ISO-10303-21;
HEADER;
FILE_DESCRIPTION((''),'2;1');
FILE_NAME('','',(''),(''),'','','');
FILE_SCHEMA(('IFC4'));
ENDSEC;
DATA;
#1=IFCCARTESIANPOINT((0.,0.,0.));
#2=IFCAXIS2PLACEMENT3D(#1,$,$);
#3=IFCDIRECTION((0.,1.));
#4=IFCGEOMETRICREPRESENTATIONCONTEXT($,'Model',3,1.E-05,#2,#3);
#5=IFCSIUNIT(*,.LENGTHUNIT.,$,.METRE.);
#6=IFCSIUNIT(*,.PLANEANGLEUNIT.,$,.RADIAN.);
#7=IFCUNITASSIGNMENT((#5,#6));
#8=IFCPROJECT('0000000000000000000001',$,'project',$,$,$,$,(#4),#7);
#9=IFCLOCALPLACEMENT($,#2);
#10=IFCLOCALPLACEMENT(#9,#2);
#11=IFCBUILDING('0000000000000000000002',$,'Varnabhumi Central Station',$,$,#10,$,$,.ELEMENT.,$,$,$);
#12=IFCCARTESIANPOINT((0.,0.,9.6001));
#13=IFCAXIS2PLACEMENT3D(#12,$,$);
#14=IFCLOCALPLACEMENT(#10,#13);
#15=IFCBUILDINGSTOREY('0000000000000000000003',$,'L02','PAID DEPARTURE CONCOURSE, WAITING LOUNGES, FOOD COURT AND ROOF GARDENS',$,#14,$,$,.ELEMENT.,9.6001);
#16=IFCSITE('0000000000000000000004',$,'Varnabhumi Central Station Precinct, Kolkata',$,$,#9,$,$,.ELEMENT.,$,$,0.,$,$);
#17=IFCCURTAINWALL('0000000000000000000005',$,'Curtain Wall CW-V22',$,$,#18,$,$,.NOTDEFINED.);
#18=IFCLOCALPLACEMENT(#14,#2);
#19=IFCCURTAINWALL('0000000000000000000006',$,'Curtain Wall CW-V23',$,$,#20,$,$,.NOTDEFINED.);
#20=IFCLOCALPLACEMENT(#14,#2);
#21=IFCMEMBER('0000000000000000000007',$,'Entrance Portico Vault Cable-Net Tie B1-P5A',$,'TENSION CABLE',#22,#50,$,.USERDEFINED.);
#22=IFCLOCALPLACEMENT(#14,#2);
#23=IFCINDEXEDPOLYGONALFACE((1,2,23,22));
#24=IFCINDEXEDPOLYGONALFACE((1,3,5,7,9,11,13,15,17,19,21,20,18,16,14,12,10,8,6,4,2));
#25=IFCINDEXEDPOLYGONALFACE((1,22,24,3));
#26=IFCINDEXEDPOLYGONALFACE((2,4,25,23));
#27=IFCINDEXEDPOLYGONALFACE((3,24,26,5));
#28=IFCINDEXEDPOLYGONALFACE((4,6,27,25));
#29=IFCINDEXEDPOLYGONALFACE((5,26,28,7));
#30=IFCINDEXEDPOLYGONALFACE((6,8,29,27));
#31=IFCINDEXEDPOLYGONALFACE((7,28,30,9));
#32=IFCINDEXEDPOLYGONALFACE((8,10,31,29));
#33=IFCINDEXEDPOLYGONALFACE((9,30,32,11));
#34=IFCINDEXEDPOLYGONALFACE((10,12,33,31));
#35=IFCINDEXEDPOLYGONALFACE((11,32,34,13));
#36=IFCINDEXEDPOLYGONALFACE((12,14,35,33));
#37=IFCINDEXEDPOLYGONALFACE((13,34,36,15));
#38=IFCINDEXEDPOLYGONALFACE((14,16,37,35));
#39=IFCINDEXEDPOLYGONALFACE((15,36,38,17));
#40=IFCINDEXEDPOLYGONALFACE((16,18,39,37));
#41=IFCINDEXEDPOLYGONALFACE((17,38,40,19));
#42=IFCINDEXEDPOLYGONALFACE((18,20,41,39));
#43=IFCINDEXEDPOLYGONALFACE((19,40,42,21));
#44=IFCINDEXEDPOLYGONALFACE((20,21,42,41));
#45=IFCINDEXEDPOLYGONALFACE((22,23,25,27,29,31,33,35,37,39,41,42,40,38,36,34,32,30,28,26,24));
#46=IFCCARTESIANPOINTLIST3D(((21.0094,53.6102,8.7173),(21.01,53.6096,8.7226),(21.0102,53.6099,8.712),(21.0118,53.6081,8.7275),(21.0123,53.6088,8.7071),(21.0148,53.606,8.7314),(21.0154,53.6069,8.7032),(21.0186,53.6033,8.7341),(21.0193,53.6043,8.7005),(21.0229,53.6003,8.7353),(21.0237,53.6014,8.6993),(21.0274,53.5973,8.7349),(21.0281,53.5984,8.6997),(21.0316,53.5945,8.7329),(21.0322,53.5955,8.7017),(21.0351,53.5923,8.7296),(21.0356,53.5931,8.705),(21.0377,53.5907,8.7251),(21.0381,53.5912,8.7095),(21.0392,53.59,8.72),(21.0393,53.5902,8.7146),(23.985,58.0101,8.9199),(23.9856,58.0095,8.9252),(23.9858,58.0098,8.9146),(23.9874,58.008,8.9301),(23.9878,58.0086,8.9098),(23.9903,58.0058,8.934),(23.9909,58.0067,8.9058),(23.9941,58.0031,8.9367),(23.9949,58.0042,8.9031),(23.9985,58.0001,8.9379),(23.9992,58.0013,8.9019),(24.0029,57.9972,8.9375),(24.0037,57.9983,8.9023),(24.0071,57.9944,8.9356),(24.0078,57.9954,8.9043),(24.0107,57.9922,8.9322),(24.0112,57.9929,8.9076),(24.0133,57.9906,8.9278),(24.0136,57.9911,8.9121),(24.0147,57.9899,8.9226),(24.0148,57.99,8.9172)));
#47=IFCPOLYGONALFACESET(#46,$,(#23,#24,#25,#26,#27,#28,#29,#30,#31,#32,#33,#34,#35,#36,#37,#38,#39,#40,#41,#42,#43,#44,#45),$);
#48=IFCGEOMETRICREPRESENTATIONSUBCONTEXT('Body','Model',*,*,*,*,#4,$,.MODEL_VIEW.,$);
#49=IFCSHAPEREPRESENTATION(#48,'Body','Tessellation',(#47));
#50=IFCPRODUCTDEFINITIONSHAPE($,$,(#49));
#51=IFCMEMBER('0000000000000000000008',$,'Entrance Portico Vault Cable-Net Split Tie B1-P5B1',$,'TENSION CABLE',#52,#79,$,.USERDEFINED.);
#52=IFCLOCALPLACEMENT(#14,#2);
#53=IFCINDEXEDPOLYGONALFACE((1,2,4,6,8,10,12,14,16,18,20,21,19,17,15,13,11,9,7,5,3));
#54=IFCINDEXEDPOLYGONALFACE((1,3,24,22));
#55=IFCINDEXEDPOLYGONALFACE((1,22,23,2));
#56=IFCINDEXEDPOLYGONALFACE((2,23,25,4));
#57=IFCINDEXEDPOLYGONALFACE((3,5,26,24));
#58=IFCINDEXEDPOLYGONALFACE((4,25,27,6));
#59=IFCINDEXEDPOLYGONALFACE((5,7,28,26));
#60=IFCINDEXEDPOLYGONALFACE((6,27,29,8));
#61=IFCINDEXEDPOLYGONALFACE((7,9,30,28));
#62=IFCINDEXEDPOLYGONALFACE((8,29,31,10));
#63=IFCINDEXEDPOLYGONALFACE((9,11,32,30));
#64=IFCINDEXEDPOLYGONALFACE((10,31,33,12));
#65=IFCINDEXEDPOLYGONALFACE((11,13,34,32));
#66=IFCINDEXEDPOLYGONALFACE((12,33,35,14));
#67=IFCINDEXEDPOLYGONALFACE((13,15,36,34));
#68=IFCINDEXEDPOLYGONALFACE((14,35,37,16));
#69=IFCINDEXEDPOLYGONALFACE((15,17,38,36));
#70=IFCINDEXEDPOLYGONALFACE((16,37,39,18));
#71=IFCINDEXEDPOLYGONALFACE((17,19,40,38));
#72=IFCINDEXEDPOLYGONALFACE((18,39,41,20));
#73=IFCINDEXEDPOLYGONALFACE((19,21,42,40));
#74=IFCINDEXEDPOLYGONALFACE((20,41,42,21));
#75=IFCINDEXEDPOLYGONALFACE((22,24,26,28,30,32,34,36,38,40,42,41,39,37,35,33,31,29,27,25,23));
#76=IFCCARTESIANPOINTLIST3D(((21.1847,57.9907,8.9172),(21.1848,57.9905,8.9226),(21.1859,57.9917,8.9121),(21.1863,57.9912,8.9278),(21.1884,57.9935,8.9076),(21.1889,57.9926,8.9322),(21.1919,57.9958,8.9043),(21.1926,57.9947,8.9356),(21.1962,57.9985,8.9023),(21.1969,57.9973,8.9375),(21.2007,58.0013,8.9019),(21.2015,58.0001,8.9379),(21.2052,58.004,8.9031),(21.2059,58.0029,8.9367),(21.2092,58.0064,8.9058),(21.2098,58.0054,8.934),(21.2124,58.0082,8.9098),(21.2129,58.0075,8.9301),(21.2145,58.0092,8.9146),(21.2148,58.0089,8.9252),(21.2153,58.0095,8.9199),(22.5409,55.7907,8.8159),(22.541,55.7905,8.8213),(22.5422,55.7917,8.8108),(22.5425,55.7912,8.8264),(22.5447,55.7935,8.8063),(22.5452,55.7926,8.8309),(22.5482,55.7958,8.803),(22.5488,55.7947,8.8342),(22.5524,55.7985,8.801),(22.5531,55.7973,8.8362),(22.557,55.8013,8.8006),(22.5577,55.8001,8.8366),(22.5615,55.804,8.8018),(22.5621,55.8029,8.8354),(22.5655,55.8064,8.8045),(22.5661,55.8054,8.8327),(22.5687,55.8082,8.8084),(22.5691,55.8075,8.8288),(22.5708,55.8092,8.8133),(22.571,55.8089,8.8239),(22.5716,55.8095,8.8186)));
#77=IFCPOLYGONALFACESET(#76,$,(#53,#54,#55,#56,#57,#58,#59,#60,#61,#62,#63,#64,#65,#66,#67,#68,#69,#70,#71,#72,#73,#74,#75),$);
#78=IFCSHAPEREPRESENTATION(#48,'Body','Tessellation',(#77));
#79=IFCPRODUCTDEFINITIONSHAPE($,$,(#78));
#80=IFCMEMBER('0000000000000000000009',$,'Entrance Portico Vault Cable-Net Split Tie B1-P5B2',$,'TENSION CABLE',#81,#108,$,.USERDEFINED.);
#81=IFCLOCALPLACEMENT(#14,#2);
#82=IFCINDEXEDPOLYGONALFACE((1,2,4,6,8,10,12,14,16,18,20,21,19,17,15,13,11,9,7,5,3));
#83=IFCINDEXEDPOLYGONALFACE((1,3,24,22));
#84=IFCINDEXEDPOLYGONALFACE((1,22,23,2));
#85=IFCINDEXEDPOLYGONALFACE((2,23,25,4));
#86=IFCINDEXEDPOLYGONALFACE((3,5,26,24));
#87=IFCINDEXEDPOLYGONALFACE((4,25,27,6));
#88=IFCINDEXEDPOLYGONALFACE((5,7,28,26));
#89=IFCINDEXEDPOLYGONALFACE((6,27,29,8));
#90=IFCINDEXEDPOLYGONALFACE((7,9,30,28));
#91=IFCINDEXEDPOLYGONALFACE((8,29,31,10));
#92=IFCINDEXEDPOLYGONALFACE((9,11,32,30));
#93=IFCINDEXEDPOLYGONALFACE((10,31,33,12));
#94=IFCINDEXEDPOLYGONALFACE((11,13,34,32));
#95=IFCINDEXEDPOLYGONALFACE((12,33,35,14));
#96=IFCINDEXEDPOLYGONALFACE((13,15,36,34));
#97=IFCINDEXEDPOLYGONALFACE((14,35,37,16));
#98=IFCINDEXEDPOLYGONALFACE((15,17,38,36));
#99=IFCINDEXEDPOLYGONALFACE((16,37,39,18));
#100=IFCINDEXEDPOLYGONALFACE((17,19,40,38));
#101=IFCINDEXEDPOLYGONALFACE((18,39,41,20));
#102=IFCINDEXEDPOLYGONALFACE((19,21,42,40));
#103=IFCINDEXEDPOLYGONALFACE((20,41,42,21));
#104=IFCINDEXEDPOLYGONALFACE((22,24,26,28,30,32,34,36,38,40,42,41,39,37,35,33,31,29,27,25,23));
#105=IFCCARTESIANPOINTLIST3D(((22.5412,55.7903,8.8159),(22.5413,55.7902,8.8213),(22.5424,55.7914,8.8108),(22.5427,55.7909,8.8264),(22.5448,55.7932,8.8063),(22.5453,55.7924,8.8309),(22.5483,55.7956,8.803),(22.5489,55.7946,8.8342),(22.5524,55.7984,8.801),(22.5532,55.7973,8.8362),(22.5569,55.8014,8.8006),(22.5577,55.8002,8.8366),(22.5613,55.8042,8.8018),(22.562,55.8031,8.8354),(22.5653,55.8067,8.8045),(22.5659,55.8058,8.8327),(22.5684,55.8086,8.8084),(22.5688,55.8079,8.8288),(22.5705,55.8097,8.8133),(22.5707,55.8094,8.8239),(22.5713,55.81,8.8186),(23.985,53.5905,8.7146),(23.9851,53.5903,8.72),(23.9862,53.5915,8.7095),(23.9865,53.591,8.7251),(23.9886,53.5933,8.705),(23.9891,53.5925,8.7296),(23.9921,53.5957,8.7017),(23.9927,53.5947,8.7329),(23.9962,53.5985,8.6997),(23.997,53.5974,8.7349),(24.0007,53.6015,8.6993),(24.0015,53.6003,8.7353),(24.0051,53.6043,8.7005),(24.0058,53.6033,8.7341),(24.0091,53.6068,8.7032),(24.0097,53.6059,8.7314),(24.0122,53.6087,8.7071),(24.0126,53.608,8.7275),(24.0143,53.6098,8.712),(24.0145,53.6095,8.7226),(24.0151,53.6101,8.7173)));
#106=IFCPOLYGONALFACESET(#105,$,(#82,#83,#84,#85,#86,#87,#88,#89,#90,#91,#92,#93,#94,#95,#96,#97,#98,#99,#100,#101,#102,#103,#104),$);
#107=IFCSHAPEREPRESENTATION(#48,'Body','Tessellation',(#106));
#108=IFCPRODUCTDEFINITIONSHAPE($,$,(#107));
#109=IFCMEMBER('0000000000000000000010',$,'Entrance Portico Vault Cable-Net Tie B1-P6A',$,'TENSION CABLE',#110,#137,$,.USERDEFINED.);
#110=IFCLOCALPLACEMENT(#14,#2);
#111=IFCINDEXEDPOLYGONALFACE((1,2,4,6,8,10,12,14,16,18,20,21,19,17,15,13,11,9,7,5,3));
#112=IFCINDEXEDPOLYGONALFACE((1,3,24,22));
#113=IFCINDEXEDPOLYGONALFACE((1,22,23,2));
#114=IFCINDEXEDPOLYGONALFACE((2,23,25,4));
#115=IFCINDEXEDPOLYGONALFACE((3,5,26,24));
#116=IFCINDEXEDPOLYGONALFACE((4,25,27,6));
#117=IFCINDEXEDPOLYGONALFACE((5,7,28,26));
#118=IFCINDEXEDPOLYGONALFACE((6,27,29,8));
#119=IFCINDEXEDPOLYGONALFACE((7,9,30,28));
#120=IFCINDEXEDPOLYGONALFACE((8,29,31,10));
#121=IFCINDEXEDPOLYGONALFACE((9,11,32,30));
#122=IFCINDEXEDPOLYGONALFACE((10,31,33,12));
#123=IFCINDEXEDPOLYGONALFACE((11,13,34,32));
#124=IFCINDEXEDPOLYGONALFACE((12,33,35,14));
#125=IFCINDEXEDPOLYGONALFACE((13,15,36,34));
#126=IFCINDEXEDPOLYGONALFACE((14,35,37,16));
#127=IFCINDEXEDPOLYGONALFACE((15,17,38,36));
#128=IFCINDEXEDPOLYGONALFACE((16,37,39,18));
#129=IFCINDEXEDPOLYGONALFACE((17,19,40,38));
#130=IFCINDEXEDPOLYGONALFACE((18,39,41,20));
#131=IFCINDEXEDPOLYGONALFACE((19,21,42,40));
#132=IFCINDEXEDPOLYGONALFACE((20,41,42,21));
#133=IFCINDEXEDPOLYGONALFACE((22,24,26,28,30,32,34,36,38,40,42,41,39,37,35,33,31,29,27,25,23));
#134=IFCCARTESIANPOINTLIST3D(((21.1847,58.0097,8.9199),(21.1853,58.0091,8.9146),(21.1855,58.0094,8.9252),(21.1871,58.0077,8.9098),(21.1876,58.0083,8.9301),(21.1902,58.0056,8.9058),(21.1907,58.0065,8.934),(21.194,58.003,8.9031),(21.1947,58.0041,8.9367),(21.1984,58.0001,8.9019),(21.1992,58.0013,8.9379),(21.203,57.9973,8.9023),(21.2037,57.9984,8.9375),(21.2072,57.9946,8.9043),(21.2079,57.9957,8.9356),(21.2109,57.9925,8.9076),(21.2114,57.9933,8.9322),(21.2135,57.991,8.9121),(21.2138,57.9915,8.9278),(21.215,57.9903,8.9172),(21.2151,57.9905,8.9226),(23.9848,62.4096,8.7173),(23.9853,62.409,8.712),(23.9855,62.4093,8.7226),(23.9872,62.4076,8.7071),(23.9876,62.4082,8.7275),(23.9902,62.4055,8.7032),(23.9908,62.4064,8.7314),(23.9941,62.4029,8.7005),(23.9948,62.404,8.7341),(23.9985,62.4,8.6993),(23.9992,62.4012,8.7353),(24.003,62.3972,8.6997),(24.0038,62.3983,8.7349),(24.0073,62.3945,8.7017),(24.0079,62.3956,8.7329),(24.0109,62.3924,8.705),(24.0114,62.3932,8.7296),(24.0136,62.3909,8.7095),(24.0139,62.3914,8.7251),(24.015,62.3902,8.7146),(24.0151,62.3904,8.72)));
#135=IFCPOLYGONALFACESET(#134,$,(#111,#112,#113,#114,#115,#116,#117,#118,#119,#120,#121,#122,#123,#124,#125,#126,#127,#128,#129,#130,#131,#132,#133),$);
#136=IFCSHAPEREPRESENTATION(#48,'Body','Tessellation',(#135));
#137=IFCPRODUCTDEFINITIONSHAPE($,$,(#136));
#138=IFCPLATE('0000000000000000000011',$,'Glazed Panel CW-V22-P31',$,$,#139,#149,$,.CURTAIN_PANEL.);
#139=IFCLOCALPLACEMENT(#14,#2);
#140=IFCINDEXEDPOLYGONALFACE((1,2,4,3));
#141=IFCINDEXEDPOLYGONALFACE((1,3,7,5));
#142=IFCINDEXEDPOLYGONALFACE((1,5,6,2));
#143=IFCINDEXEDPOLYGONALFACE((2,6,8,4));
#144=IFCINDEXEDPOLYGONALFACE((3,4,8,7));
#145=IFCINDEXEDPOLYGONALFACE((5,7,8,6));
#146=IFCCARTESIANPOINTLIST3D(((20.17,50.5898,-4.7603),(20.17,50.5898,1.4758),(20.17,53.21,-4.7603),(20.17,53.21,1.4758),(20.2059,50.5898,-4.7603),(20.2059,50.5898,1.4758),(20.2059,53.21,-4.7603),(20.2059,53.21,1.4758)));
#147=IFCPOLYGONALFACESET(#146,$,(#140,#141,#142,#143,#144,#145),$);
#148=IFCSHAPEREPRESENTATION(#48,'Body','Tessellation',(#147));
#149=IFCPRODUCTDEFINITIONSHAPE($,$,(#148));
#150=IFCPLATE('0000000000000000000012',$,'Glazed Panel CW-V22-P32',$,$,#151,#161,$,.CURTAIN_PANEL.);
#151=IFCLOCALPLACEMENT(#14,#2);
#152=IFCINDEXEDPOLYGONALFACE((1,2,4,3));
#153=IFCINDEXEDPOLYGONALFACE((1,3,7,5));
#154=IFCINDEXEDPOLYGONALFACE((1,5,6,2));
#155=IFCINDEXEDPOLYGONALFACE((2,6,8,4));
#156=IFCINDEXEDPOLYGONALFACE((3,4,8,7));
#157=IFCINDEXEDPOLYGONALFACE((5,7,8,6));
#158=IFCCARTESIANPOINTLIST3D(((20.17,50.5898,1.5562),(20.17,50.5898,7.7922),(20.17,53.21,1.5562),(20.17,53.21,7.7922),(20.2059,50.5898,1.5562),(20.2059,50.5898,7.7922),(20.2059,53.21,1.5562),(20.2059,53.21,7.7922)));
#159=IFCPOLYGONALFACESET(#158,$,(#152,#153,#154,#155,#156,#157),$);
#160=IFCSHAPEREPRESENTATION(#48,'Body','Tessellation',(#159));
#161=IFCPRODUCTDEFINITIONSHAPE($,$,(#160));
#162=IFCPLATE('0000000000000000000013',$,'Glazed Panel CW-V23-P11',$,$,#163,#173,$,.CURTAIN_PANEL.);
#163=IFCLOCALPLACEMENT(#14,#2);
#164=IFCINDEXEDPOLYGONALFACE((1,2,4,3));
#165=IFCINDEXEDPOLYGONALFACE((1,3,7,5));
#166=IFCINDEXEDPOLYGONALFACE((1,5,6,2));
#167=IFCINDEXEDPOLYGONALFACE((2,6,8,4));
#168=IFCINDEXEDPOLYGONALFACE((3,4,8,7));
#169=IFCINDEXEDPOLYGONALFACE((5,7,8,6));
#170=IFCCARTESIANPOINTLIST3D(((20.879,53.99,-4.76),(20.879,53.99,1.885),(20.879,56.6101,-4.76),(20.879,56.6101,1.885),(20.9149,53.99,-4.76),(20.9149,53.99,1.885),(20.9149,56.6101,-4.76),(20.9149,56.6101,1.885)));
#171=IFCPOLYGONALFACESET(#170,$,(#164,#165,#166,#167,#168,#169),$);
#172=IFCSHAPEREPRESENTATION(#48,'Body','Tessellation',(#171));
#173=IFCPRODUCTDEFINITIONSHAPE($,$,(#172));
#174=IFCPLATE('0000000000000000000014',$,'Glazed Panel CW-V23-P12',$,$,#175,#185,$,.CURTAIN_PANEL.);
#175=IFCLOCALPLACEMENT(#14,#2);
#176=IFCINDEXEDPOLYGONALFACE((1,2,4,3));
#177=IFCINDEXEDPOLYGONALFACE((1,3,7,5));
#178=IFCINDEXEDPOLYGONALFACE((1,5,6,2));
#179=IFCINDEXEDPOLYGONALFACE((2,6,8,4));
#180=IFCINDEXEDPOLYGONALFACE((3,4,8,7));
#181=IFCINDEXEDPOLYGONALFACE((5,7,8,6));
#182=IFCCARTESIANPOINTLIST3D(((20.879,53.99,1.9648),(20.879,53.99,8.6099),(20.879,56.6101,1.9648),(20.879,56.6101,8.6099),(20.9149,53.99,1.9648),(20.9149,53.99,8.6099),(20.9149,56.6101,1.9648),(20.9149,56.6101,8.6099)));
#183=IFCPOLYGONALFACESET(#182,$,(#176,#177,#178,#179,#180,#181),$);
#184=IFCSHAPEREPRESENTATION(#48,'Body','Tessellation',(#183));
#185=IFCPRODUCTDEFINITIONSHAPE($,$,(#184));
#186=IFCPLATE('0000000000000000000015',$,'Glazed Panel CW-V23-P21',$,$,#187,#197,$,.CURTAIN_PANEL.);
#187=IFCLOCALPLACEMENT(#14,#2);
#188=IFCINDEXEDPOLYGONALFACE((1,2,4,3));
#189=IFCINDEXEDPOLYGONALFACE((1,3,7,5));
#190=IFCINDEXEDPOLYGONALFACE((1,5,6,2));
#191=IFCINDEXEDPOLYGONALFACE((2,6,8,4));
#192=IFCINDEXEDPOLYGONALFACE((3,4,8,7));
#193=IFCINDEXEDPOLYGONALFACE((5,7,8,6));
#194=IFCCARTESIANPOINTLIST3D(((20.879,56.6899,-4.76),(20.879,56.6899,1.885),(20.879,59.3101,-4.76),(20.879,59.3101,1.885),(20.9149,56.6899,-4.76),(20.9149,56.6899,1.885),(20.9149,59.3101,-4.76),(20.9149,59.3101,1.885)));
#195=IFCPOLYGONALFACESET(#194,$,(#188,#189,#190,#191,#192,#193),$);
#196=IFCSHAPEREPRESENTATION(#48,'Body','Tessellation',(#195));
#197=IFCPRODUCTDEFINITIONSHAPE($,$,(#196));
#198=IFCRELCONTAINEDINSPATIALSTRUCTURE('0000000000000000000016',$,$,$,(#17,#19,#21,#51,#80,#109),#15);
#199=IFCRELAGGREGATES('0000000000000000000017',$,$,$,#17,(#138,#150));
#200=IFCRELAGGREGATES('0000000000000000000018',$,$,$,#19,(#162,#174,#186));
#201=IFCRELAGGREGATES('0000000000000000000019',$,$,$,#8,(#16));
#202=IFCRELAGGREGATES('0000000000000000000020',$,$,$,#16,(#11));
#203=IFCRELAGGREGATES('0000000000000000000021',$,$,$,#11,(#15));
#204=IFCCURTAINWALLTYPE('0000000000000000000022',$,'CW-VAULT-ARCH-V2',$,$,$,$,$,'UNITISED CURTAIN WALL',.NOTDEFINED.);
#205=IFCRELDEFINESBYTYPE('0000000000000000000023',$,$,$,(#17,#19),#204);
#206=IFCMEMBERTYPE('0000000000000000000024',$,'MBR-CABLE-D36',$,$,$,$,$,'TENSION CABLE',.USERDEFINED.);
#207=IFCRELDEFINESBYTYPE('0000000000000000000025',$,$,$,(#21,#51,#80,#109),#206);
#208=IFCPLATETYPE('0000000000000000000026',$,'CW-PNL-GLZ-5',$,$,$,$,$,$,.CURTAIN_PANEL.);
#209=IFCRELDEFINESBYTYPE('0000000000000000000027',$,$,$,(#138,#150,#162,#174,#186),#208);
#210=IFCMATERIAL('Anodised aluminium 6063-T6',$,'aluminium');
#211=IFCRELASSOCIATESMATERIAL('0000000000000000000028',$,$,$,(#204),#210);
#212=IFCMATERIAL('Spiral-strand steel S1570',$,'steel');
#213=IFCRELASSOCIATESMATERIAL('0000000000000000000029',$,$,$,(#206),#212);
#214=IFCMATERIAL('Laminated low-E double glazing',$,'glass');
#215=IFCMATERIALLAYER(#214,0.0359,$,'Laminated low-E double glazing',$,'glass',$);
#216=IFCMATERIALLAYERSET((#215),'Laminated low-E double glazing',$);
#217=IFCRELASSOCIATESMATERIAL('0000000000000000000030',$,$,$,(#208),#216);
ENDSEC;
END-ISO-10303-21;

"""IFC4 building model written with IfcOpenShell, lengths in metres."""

from ifc_helpers import new_model, si_unit, direction, frame, origin, origin_2d, place, context, subcontext, project, spatial, rectangle, circle, extrude, material, layer, layer_set, material_profile, profile_set, type_object, element, aggregate, save


model = new_model("IFC4")

# Units and contexts
model_context = context("Model", 3, precision=1e-05, world=origin(), true_north=direction((0.0, 1.0)))
body_context = subcontext(model_context, "Body", "Model", "MODEL_VIEW")
ifc_project = project(units=[si_unit("LENGTHUNIT", "METRE"), si_unit("PLANEANGLEUNIT", "RADIAN")], contexts=[model_context])

# Site, building, storey
site_placement = place(None, origin())
site = spatial("IfcSite", under=ifc_project, at=site_placement, Name="Varnabhumi Central Station Precinct, Kolkata", CompositionType="ELEMENT", RefElevation=0.0)
building_placement = place(site_placement, origin())
building = spatial("IfcBuilding", under=site, at=building_placement, Name="Varnabhumi Central Station", CompositionType="ELEMENT")
storey_placement = place(building_placement, frame((0.0, 0.0, 9.6001)))
storey = spatial("IfcBuildingStorey", under=building, at=storey_placement, Name="L02", Description="PAID DEPARTURE CONCOURSE, WAITING LOUNGES, FOOD COURT AND ROOF GARDENS", CompositionType="ELEMENT", Elevation=9.6001)

# Curtain walls
ifc_material_1 = material(Name="Anodised aluminium 6063-T6", Category="aluminium")
curtain_wall_type = type_object("IfcCurtainWallType", Name="CW-VAULT-ARCH-V2", ElementType="UNITISED CURTAIN WALL", PredefinedType="NOTDEFINED", material=ifc_material_1)
curtain_wall_1_placement = place(storey_placement, origin())
curtain_wall_1 = element("IfcCurtainWall", 1, at=curtain_wall_1_placement, inside=storey, type_object=curtain_wall_type, Name="Curtain Wall CW-V22", PredefinedType="NOTDEFINED")
curtain_wall_2_placement = place(storey_placement, origin())
curtain_wall_2 = element("IfcCurtainWall", 2, at=curtain_wall_2_placement, inside=storey, type_object=curtain_wall_type, Name="Curtain Wall CW-V23", PredefinedType="NOTDEFINED")

# Members
ifc_material_2 = material(Name="Spiral-strand steel S1570", Category="steel")
ifc_material_profile_1 = material_profile(ifc_material_2, circle(Radius=0.0181, at=origin_2d()), Name="Spiral-strand steel S1570", Category="steel")
ifc_profile_set_1 = profile_set([ifc_material_profile_1], Name="Spiral-strand steel S1570")
member_type_1 = type_object("IfcMemberType", Name="MBR-CABLE-D36", ElementType="TENSION CABLE", PredefinedType="USERDEFINED", material=ifc_profile_set_1)
member_1_placement = place(storey_placement, frame((21.0244, 53.6001, 8.7173), z_axis=(0.559796, 0.827753, 0.038122), x_axis=(-0.828355, 0.560204, 0.0)))
element("IfcMember", 3, at=member_1_placement, inside=storey, type_object=member_type_1, Name="Entrance Portico Vault Cable-Net Tie B1-P5A", ObjectType="TENSION CABLE", PredefinedType="USERDEFINED", context=body_context, shape_type="SweptSolid", body=[
    extrude(circle(Radius=0.0181, at=origin_2d()), origin(), (0.0, 0.0, 1.0), 5.3154),
])
member_2_placement = place(storey_placement, frame((21.2, 58.0, 8.9199), z_axis=(0.524364, -0.850593, -0.039174), x_axis=(0.851246, 0.524767, 0.0)))
element("IfcMember", 4, at=member_2_placement, inside=storey, type_object=member_type_1, Name="Entrance Portico Vault Cable-Net Split Tie B1-P5B1", ObjectType="TENSION CABLE", PredefinedType="USERDEFINED", context=body_context, shape_type="SweptSolid", body=[
    extrude(circle(Radius=0.0181, at=origin_2d()), origin(), (0.0, 0.0, 1.0), 2.5864),
])
member_3_placement = place(storey_placement, frame((22.5562, 55.8, 8.8186), z_axis=(0.548285, -0.835406, -0.038474), x_axis=(0.836025, 0.548691, 0.0)))
element("IfcMember", 5, at=member_3_placement, inside=storey, type_object=member_type_1, Name="Entrance Portico Vault Cable-Net Split Tie B1-P5B2", ObjectType="TENSION CABLE", PredefinedType="USERDEFINED", context=body_context, shape_type="SweptSolid", body=[
    extrude(circle(Radius=0.0181, at=origin_2d()), origin(), (0.0, 0.0, 1.0), 2.6333),
])
member_4_placement = place(storey_placement, frame((21.2, 58.0, 8.9199), z_axis=(0.536486, 0.843016, -0.038825), x_axis=(-0.843652, 0.536891, 0.0)))
element("IfcMember", 6, at=member_4_placement, inside=storey, type_object=member_type_1, Name="Entrance Portico Vault Cable-Net Tie B1-P6A", ObjectType="TENSION CABLE", PredefinedType="USERDEFINED", context=body_context, shape_type="SweptSolid", body=[
    extrude(circle(Radius=0.0181, at=origin_2d()), origin(), (0.0, 0.0, 1.0), 5.2192),
])

# Plates
ifc_material_3 = material(Name="Laminated low-E double glazing", Category="glass")
ifc_layer_1 = layer(ifc_material_3, 0.0359, Name="Laminated low-E double glazing", Category="glass")
ifc_layer_set_1 = layer_set([ifc_layer_1], Name="Laminated low-E double glazing")
plate_type_1 = type_object("IfcPlateType", Name="CW-PNL-GLZ-5", PredefinedType="CURTAIN_PANEL", material=ifc_layer_set_1)
plate_1_placement = place(storey_placement, frame((20.188, 51.8999, -4.7603), z_axis=(0.0, 0.0, 1.0), x_axis=(0.0, 1.0, 0.0)))
plate_1 = element("IfcPlate", 7, at=plate_1_placement, type_object=plate_type_1, Name="Glazed Panel CW-V22-P31", PredefinedType="CURTAIN_PANEL", context=body_context, shape_type="SweptSolid", body=[
    extrude(rectangle(XDim=2.6201, YDim=0.0359, at=origin_2d()), origin(), (0.0, 0.0, 1.0), 6.2361),
])
plate_2_placement = place(storey_placement, frame((20.188, 51.8999, 1.5562), z_axis=(0.0, 0.0, 1.0), x_axis=(0.0, 1.0, 0.0)))
plate_2 = element("IfcPlate", 8, at=plate_2_placement, type_object=plate_type_1, Name="Glazed Panel CW-V22-P32", PredefinedType="CURTAIN_PANEL", context=body_context, shape_type="SweptSolid", body=[
    extrude(rectangle(XDim=2.6201, YDim=0.0359, at=origin_2d()), origin(), (0.0, 0.0, 1.0), 6.2361),
])
aggregate(curtain_wall_1, [plate_1, plate_2])
plate_3_placement = place(storey_placement, frame((20.897, 55.3, -4.76), z_axis=(0.0, 0.0, 1.0), x_axis=(0.0, 1.0, 0.0)))
plate_3 = element("IfcPlate", 9, at=plate_3_placement, type_object=plate_type_1, Name="Glazed Panel CW-V23-P11", PredefinedType="CURTAIN_PANEL", context=body_context, shape_type="SweptSolid", body=[
    extrude(rectangle(XDim=2.6201, YDim=0.0359, at=origin_2d()), origin(), (0.0, 0.0, 1.0), 6.645),
])
plate_4_placement = place(storey_placement, frame((20.897, 55.3, 1.9648), z_axis=(0.0, 0.0, 1.0), x_axis=(0.0, 1.0, 0.0)))
plate_4 = element("IfcPlate", 10, at=plate_4_placement, type_object=plate_type_1, Name="Glazed Panel CW-V23-P12", PredefinedType="CURTAIN_PANEL", context=body_context, shape_type="SweptSolid", body=[
    extrude(rectangle(XDim=2.6201, YDim=0.0359, at=origin_2d()), origin(), (0.0, 0.0, 1.0), 6.645),
])
plate_5_placement = place(storey_placement, frame((20.897, 58.0, -4.76), z_axis=(0.0, 0.0, 1.0), x_axis=(0.0, 1.0, 0.0)))
plate_5 = element("IfcPlate", 11, at=plate_5_placement, type_object=plate_type_1, Name="Glazed Panel CW-V23-P21", PredefinedType="CURTAIN_PANEL", context=body_context, shape_type="SweptSolid", body=[
    extrude(rectangle(XDim=2.6201, YDim=0.0359, at=origin_2d()), origin(), (0.0, 0.0, 1.0), 6.645),
])
aggregate(curtain_wall_2, [plate_3, plate_4, plate_5])

save(model, "model.ifc")
